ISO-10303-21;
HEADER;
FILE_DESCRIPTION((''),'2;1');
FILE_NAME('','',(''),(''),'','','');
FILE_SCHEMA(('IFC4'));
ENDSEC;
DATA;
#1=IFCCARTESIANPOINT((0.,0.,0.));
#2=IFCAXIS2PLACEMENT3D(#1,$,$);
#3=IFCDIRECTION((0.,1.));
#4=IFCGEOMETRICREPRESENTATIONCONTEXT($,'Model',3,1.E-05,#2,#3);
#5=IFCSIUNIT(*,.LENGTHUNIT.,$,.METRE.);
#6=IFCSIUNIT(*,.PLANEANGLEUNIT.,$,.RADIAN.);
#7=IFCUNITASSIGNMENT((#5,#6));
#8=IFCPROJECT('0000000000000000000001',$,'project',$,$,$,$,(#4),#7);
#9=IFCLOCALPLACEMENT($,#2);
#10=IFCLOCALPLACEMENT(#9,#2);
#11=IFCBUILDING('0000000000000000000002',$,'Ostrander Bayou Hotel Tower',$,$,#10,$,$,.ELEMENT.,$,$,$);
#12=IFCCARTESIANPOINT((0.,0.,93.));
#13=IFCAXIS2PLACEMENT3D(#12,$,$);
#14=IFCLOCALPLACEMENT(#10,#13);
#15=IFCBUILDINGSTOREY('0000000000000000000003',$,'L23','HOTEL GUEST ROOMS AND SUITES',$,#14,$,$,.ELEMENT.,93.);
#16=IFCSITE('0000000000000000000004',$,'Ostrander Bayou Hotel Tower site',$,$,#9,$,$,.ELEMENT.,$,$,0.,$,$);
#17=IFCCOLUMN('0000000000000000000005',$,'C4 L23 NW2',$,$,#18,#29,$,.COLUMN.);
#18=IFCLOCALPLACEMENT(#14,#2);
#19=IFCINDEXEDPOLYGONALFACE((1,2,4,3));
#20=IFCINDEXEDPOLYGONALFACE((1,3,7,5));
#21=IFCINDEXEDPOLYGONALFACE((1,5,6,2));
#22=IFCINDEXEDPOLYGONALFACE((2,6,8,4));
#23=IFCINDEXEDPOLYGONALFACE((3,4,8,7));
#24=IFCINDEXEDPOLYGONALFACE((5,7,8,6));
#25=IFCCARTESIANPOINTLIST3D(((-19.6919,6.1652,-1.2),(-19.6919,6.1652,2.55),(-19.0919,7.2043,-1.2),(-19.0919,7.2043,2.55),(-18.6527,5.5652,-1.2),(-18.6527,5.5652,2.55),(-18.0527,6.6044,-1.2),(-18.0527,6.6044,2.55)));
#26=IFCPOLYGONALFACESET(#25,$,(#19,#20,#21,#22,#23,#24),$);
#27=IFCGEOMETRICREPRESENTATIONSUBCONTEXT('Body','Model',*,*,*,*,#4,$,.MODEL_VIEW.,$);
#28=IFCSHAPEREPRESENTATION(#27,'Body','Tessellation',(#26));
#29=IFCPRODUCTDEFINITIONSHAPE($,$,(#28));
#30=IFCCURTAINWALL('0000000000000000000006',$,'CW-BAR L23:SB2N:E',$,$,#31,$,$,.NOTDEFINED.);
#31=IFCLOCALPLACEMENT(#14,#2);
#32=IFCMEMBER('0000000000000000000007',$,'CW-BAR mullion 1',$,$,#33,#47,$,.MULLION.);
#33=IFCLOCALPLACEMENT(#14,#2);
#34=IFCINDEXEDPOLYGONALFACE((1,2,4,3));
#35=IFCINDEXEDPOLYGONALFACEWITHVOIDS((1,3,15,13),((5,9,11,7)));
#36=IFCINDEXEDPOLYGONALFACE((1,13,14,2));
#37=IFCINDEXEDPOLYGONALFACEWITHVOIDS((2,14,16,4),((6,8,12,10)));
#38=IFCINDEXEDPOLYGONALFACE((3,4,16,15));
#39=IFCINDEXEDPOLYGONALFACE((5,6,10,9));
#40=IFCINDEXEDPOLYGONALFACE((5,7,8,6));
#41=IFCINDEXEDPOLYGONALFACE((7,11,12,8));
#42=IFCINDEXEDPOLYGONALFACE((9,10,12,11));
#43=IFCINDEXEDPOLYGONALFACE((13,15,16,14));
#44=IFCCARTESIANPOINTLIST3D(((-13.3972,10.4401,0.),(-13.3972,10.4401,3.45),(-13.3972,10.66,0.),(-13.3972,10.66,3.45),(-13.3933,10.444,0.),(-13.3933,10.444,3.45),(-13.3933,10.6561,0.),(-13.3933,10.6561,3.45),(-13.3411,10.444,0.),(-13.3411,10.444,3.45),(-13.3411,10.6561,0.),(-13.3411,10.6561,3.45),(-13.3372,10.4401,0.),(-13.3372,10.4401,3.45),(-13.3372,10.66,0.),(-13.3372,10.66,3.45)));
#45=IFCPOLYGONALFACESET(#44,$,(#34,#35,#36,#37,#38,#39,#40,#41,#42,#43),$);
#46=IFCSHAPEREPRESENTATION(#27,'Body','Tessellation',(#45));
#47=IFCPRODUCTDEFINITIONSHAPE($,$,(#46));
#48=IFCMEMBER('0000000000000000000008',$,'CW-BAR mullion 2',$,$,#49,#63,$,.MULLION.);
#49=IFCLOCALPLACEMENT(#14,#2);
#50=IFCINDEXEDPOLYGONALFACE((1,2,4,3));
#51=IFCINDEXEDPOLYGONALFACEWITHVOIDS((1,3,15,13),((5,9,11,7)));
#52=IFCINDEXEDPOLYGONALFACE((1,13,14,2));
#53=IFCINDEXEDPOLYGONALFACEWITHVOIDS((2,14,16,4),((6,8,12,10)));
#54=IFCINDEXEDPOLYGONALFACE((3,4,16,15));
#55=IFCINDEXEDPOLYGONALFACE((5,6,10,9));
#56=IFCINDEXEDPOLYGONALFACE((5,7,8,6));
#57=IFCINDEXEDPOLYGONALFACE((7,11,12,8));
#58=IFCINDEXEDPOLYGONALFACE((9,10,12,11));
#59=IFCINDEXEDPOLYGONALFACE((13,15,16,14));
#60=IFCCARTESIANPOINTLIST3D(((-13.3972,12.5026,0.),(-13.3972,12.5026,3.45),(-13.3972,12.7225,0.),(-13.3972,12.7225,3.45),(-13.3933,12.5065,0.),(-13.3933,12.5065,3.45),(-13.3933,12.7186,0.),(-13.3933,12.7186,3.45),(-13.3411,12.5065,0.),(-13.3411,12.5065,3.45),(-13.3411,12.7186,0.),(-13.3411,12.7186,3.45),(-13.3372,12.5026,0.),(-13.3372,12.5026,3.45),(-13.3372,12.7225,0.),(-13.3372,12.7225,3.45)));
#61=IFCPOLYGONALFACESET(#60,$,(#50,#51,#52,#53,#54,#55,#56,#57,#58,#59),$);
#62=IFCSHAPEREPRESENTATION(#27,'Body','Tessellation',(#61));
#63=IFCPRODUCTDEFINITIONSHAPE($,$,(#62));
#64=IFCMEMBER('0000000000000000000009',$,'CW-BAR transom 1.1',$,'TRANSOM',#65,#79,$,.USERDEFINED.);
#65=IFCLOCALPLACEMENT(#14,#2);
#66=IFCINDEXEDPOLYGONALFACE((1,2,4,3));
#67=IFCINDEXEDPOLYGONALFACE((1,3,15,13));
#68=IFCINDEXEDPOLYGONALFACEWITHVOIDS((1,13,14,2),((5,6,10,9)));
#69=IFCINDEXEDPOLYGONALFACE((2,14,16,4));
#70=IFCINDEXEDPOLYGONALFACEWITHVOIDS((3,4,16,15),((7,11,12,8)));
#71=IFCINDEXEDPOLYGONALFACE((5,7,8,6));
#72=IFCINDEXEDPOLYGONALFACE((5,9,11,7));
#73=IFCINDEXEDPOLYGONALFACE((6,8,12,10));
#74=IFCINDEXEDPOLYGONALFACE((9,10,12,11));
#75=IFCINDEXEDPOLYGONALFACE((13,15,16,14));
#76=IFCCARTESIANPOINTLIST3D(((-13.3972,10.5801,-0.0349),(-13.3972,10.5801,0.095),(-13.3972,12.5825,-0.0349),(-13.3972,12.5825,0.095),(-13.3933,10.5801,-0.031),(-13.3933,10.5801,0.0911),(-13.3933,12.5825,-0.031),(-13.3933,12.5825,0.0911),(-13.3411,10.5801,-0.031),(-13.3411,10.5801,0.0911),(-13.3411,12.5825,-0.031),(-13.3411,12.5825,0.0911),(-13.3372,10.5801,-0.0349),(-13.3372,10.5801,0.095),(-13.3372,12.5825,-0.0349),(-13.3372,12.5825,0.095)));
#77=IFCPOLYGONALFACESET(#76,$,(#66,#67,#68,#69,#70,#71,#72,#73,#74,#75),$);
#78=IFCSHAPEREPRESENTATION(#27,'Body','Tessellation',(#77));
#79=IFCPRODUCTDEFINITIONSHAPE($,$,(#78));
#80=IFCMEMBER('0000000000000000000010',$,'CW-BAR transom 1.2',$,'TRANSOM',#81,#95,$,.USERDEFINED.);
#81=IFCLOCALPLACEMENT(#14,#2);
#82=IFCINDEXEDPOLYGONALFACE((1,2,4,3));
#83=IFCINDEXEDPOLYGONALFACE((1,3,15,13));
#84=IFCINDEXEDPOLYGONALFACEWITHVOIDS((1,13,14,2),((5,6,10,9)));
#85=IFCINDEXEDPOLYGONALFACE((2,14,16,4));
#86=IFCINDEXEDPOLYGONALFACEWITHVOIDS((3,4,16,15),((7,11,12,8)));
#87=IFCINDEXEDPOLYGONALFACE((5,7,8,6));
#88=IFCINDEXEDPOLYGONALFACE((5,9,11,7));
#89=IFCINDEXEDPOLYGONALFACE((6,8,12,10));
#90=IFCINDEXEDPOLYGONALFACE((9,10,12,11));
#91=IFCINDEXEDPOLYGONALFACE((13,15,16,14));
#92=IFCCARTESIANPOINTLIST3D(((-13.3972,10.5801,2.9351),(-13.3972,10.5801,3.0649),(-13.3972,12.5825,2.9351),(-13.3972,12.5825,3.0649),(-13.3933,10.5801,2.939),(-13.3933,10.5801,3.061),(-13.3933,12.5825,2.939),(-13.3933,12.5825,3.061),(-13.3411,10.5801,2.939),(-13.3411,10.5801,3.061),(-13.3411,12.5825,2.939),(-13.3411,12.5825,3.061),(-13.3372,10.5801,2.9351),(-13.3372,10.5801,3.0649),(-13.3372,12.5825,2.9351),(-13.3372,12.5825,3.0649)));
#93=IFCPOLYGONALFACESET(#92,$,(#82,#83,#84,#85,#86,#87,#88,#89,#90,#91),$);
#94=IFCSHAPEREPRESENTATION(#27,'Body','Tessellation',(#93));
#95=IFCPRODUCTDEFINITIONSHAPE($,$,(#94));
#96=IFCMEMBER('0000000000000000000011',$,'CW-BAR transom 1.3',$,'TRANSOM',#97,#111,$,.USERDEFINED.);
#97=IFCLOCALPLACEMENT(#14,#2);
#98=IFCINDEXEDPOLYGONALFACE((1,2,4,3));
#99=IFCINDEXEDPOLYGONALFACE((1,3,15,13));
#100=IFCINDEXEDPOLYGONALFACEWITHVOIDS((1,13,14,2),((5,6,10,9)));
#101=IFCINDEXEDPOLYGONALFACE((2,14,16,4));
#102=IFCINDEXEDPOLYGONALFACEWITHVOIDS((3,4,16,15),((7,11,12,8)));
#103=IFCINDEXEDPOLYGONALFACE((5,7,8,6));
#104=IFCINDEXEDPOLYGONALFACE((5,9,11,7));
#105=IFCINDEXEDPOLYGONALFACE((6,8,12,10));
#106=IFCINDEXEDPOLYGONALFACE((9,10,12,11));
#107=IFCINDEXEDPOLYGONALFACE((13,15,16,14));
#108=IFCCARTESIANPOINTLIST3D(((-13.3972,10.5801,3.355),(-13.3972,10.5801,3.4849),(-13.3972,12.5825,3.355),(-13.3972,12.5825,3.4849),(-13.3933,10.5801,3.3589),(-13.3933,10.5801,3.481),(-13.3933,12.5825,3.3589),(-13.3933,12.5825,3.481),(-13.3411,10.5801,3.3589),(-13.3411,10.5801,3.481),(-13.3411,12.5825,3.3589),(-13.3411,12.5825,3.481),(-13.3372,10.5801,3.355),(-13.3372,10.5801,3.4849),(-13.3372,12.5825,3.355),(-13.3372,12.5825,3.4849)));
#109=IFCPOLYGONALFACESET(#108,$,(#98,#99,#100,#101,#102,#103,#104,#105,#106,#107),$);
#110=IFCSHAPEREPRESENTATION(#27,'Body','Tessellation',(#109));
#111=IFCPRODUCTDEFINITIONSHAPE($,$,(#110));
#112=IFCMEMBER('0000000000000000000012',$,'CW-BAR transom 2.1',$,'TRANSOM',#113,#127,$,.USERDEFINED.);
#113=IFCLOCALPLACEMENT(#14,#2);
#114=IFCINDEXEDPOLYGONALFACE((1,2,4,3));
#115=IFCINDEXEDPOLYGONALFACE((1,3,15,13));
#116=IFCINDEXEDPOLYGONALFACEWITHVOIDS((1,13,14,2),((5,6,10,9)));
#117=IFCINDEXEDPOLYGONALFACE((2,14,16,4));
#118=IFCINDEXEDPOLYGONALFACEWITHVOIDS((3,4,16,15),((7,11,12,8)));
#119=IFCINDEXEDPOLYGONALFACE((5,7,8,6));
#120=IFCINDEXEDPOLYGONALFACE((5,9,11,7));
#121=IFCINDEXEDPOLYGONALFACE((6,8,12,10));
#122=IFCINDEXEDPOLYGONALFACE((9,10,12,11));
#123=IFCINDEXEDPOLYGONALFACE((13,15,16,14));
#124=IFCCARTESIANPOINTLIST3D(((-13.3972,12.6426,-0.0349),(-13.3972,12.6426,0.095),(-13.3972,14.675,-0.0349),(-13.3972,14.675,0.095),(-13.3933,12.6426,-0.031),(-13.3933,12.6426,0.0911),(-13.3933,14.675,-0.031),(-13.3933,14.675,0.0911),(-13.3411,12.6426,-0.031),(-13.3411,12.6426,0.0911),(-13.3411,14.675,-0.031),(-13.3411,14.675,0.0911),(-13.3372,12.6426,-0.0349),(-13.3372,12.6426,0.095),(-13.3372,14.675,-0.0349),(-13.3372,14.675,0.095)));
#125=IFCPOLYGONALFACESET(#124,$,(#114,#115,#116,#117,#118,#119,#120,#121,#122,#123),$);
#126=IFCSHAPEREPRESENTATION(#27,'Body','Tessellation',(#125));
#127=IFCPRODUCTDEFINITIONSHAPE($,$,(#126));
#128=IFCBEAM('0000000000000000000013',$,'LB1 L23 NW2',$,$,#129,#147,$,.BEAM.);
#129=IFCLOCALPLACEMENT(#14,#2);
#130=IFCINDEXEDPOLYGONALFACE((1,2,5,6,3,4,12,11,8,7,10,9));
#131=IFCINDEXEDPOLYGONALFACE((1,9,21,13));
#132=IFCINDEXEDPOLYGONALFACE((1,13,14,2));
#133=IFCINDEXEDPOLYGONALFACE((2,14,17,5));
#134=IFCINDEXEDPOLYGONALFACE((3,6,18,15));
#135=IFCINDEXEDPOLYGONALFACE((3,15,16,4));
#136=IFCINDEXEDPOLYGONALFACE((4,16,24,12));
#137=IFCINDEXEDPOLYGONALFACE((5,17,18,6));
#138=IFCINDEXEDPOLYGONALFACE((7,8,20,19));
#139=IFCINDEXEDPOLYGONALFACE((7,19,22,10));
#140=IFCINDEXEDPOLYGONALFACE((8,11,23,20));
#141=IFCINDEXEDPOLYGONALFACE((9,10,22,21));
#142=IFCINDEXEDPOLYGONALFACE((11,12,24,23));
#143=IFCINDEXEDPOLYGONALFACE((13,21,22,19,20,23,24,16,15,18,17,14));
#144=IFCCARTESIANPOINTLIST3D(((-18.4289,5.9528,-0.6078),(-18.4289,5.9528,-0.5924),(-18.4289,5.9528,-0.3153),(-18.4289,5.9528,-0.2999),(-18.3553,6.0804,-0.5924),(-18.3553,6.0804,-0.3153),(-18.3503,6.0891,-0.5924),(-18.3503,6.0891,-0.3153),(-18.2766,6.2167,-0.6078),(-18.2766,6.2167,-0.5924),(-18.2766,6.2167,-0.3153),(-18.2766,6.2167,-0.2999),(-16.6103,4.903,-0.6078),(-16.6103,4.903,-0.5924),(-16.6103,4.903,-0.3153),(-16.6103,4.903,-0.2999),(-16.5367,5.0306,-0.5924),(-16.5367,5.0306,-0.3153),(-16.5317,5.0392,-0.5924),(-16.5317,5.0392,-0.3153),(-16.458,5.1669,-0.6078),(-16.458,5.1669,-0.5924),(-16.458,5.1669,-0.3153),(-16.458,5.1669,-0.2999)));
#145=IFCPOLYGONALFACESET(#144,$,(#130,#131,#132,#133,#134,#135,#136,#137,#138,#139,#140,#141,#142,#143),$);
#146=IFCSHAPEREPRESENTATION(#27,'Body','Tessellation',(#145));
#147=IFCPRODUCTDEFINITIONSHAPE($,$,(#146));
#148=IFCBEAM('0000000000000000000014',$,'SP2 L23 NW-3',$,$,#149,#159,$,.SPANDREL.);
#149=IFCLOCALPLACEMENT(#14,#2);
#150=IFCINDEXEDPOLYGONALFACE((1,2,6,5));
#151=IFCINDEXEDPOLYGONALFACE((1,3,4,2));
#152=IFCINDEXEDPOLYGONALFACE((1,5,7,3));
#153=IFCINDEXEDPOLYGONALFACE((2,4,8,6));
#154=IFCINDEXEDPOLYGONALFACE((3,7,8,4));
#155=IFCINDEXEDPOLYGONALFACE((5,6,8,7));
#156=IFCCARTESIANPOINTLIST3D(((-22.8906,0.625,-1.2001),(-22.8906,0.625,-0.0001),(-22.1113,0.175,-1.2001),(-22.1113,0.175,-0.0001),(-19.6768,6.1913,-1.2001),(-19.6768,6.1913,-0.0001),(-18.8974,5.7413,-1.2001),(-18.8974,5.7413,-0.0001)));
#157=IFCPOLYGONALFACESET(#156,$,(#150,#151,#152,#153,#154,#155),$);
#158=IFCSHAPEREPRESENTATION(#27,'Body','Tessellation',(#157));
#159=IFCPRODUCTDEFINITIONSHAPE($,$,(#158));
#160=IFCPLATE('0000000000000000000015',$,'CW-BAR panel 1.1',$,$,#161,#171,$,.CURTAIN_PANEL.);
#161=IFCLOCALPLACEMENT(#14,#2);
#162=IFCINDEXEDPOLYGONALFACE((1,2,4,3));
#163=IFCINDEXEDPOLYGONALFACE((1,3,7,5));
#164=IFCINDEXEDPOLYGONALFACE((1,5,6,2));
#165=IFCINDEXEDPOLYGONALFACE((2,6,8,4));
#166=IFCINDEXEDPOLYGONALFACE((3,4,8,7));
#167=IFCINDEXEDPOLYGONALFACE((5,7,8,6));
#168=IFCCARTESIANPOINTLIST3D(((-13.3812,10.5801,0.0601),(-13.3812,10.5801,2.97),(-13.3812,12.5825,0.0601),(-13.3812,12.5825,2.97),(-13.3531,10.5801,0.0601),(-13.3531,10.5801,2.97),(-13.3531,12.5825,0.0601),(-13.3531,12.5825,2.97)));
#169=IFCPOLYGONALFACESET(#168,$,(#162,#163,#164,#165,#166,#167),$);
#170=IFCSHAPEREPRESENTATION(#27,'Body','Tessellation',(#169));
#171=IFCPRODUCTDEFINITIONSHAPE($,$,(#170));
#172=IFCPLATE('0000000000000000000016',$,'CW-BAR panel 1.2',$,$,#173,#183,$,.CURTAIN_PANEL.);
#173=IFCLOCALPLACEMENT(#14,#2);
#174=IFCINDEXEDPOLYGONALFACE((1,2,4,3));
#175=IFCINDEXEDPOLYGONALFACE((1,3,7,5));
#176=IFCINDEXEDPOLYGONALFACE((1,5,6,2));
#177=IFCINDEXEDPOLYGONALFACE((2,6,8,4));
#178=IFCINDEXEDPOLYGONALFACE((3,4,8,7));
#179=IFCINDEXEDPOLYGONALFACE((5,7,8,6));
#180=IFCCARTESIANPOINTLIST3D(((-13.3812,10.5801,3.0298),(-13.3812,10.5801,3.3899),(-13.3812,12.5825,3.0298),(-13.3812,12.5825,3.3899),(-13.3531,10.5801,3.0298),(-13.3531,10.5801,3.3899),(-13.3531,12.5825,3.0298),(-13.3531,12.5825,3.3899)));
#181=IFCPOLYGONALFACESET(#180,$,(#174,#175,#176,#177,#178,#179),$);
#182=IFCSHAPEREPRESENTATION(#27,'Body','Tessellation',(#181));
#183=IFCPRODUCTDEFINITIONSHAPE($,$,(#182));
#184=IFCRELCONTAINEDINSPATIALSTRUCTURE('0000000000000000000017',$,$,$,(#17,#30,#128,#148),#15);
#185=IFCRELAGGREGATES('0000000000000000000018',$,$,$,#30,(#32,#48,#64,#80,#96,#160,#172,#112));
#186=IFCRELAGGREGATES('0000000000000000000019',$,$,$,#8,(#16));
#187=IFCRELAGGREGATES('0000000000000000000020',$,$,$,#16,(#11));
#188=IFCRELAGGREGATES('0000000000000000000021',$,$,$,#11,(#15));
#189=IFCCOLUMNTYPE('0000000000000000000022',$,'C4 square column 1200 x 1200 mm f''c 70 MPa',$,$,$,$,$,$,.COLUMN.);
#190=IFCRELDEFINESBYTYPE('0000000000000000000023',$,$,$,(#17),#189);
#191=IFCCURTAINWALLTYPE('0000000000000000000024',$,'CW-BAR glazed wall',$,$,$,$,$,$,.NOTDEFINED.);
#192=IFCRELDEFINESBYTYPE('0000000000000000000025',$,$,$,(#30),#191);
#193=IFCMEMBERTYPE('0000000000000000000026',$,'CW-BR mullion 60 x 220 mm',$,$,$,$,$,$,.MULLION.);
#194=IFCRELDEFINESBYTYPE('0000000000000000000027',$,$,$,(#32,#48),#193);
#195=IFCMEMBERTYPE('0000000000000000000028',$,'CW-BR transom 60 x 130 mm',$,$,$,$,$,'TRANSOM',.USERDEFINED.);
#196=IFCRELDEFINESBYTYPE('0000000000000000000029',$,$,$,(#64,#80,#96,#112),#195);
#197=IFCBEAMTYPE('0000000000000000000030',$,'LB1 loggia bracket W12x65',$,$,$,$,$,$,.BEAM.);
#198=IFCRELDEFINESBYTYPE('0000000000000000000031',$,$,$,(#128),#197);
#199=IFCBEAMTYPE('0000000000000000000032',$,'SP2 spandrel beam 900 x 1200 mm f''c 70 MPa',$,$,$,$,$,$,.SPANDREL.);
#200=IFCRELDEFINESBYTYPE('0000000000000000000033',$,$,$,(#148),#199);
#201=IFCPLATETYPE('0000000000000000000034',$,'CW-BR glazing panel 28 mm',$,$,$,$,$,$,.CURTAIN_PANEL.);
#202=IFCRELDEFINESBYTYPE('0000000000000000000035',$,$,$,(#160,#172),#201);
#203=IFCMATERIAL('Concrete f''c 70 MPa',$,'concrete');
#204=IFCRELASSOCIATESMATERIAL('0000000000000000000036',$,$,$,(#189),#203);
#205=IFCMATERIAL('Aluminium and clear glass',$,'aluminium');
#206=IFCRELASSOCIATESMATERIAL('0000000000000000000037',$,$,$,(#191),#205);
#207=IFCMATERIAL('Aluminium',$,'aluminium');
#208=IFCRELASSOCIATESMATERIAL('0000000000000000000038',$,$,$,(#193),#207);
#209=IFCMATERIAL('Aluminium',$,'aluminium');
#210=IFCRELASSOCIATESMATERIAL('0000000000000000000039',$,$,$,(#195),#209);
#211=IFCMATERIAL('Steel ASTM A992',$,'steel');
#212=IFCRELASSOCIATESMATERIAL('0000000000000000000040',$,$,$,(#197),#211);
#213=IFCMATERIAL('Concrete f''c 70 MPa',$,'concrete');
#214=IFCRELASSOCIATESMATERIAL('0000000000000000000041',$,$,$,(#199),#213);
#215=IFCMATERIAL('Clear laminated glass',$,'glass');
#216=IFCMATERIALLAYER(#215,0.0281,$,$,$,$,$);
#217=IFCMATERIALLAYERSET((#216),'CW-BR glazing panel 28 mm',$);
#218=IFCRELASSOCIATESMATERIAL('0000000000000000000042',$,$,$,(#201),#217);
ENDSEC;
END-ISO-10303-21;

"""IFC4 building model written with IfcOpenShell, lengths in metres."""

from ifc_helpers import new_model, si_unit, direction, frame, origin, origin_2d, place, context, subcontext, project, spatial, rectangle, hollow_rectangle, i_section, extrude, material, layer, layer_set, material_profile, profile_set, type_object, element, aggregate, save


model = new_model("IFC4")

# Units and contexts
model_context = context("Model", 3, precision=1e-05, world=origin(), true_north=direction((0.0, 1.0)))
body_context = subcontext(model_context, "Body", "Model", "MODEL_VIEW")
ifc_project = project(units=[si_unit("LENGTHUNIT", "METRE"), si_unit("PLANEANGLEUNIT", "RADIAN")], contexts=[model_context])

# Site, building, storey
site_placement = place(None, origin())
site = spatial("IfcSite", under=ifc_project, at=site_placement, Name="Ostrander Bayou Hotel Tower site", CompositionType="ELEMENT", RefElevation=0.0)
building_placement = place(site_placement, origin())
building = spatial("IfcBuilding", under=site, at=building_placement, Name="Ostrander Bayou Hotel Tower", CompositionType="ELEMENT")
storey_placement = place(building_placement, frame((0.0, 0.0, 93.0)))
storey = spatial("IfcBuildingStorey", under=building, at=storey_placement, Name="L23", Description="HOTEL GUEST ROOMS AND SUITES", CompositionType="ELEMENT", Elevation=93.0)

# Column
ifc_material_1 = material(Name="Concrete f'c 70 MPa", Category="concrete")
ifc_material_profile_1 = material_profile(ifc_material_1, rectangle(XDim=1.2, YDim=1.2, at=origin_2d()))
ifc_profile_set_1 = profile_set([ifc_material_profile_1], Name="Concrete f'c 70 MPa")
column_type = type_object("IfcColumnType", Name="C4 square column 1200 x 1200 mm f'c 70 MPa", PredefinedType="COLUMN", material=ifc_profile_set_1)
column_placement = place(storey_placement, frame((-18.8723, 6.3848, -1.2), z_axis=(0.0, 0.0, 1.0), x_axis=(0.5, 0.866025, 0.0)))
element("IfcColumn", 1, at=column_placement, inside=storey, type_object=column_type, Name="C4 L23 NW2", PredefinedType="COLUMN", context=body_context, shape_type="SweptSolid", body=[
    extrude(rectangle(XDim=1.2, YDim=1.2, at=origin_2d()), origin(), (0.0, 0.0, 1.0), 3.75),
])

# Curtain wall, members
ifc_material_2 = material(Name="Aluminium and clear glass", Category="aluminium")
curtain_wall_type = type_object("IfcCurtainWallType", Name="CW-BAR glazed wall", PredefinedType="NOTDEFINED", material=ifc_material_2)
curtain_wall_placement = place(storey_placement, origin())
curtain_wall = element("IfcCurtainWall", 2, at=curtain_wall_placement, inside=storey, type_object=curtain_wall_type, Name="CW-BAR L23:SB2N:E", PredefinedType="NOTDEFINED")
ifc_material_3 = material(Name="Aluminium", Category="aluminium")
ifc_material_profile_2 = material_profile(ifc_material_3, hollow_rectangle(XDim=0.0601, YDim=0.22, WallThickness=0.0039, at=origin_2d()))
ifc_profile_set_2 = profile_set([ifc_material_profile_2], Name="Aluminium")
member_type_1 = type_object("IfcMemberType", Name="CW-BR mullion 60 x 220 mm", PredefinedType="MULLION", material=ifc_profile_set_2)
member_1_placement = place(storey_placement, frame((-13.3672, 10.55, 0.0), z_axis=(0.0, 0.0, 1.0), x_axis=(-1.0, 0.0, 0.0)))
member_1 = element("IfcMember", 3, at=member_1_placement, type_object=member_type_1, Name="CW-BAR mullion 1", PredefinedType="MULLION", context=body_context, shape_type="SweptSolid", body=[
    extrude(hollow_rectangle(XDim=0.0601, YDim=0.22, WallThickness=0.0039, at=origin_2d()), origin(), (0.0, 0.0, 1.0), 3.45),
])
member_2_placement = place(storey_placement, frame((-13.3672, 12.6125, 0.0), z_axis=(0.0, 0.0, 1.0), x_axis=(-1.0, 0.0, 0.0)))
member_2 = element("IfcMember", 4, at=member_2_placement, type_object=member_type_1, Name="CW-BAR mullion 2", PredefinedType="MULLION", context=body_context, shape_type="SweptSolid", body=[
    extrude(hollow_rectangle(XDim=0.0601, YDim=0.22, WallThickness=0.0039, at=origin_2d()), origin(), (0.0, 0.0, 1.0), 3.45),
])
ifc_material_4 = material(Name="Aluminium", Category="aluminium")
ifc_material_profile_3 = material_profile(ifc_material_4, hollow_rectangle(XDim=0.0601, YDim=0.1299, WallThickness=0.0039, at=origin_2d()))
ifc_profile_set_3 = profile_set([ifc_material_profile_3], Name="Aluminium")
member_type_2 = type_object("IfcMemberType", Name="CW-BR transom 60 x 130 mm", ElementType="TRANSOM", PredefinedType="USERDEFINED", material=ifc_profile_set_3)
member_3_placement = place(storey_placement, frame((-13.3672, 10.5801, 0.03), z_axis=(0.0, 1.0, 0.0), x_axis=(-1.0, 0.0, 0.0)))
member_3 = element("IfcMember", 5, at=member_3_placement, type_object=member_type_2, Name="CW-BAR transom 1.1", ObjectType="TRANSOM", PredefinedType="USERDEFINED", context=body_context, shape_type="SweptSolid", body=[
    extrude(hollow_rectangle(XDim=0.0601, YDim=0.1299, WallThickness=0.0039, at=origin_2d()), origin(), (0.0, 0.0, 1.0), 2.0024),
])
member_4_placement = place(storey_placement, frame((-13.3672, 10.5801, 3.0), z_axis=(0.0, 1.0, 0.0), x_axis=(-1.0, 0.0, 0.0)))
member_4 = element("IfcMember", 6, at=member_4_placement, type_object=member_type_2, Name="CW-BAR transom 1.2", ObjectType="TRANSOM", PredefinedType="USERDEFINED", context=body_context, shape_type="SweptSolid", body=[
    extrude(hollow_rectangle(XDim=0.0601, YDim=0.1299, WallThickness=0.0039, at=origin_2d()), origin(), (0.0, 0.0, 1.0), 2.0024),
])
member_5_placement = place(storey_placement, frame((-13.3672, 10.5801, 3.4199), z_axis=(0.0, 1.0, 0.0), x_axis=(-1.0, 0.0, 0.0)))
member_5 = element("IfcMember", 7, at=member_5_placement, type_object=member_type_2, Name="CW-BAR transom 1.3", ObjectType="TRANSOM", PredefinedType="USERDEFINED", context=body_context, shape_type="SweptSolid", body=[
    extrude(hollow_rectangle(XDim=0.0601, YDim=0.1299, WallThickness=0.0039, at=origin_2d()), origin(), (0.0, 0.0, 1.0), 2.0024),
])
member_6_placement = place(storey_placement, frame((-13.3672, 12.6426, 0.03), z_axis=(0.0, 1.0, 0.0), x_axis=(-1.0, 0.0, 0.0)))
member_6 = element("IfcMember", 8, at=member_6_placement, type_object=member_type_2, Name="CW-BAR transom 2.1", ObjectType="TRANSOM", PredefinedType="USERDEFINED", context=body_context, shape_type="SweptSolid", body=[
    extrude(hollow_rectangle(XDim=0.0601, YDim=0.1299, WallThickness=0.0039, at=origin_2d()), origin(), (0.0, 0.0, 1.0), 2.0325),
])

# Beams
ifc_material_5 = material(Name="Steel ASTM A992", Category="steel")
ifc_material_profile_4 = material_profile(ifc_material_5, i_section(OverallWidth=0.3047, OverallDepth=0.3079, WebThickness=0.01, FlangeThickness=0.0154, at=origin_2d()))
ifc_profile_set_4 = profile_set([ifc_material_profile_4], Name="Steel ASTM A992")
beam_type_1 = type_object("IfcBeamType", Name="LB1 loggia bracket W12x65", PredefinedType="BEAM", material=ifc_profile_set_4)
beam_1_placement = place(storey_placement, frame((-18.3528, 6.0847, -0.4539), z_axis=(0.86606, -0.499941, 0.0), x_axis=(0.499941, 0.86606, 0.0)))
element("IfcBeam", 9, at=beam_1_placement, inside=storey, type_object=beam_type_1, Name="LB1 L23 NW2", PredefinedType="BEAM", context=body_context, shape_type="SweptSolid", body=[
    extrude(i_section(OverallWidth=0.3047, OverallDepth=0.3079, WebThickness=0.01, FlangeThickness=0.0154, at=origin_2d()), origin(), (0.0, 0.0, 1.0), 2.0999),
])
ifc_material_6 = material(Name="Concrete f'c 70 MPa", Category="concrete")
ifc_material_profile_5 = material_profile(ifc_material_6, rectangle(XDim=0.8999, YDim=1.2, at=origin_2d()))
ifc_profile_set_5 = profile_set([ifc_material_profile_5], Name="Concrete f'c 70 MPa")
beam_type_2 = type_object("IfcBeamType", Name="SP2 spandrel beam 900 x 1200 mm f'c 70 MPa", PredefinedType="SPANDREL", material=ifc_profile_set_5)
beam_2_placement = place(storey_placement, frame((-19.2871, 5.9663, -0.6001), z_axis=(-0.500012, -0.866019, 0.0), x_axis=(0.866019, -0.500012, 0.0)))
element("IfcBeam", 10, at=beam_2_placement, inside=storey, type_object=beam_type_2, Name="SP2 L23 NW-3", PredefinedType="SPANDREL", context=body_context, shape_type="SweptSolid", body=[
    extrude(rectangle(XDim=0.8999, YDim=1.2, at=origin_2d()), origin(), (0.0, 0.0, 1.0), 6.4275),
])

# Plates
ifc_material_7 = material(Name="Clear laminated glass", Category="glass")
ifc_layer_1 = layer(ifc_material_7, 0.0281)
ifc_layer_set_1 = layer_set([ifc_layer_1], Name="CW-BR glazing panel 28 mm")
plate_type = type_object("IfcPlateType", Name="CW-BR glazing panel 28 mm", PredefinedType="CURTAIN_PANEL", material=ifc_layer_set_1)
plate_1_placement = place(storey_placement, frame((-13.3672, 11.5813, 0.0601), z_axis=(0.0, 0.0, 1.0), x_axis=(0.0, 1.0, 0.0)))
plate_1 = element("IfcPlate", 11, at=plate_1_placement, type_object=plate_type, Name="CW-BAR panel 1.1", PredefinedType="CURTAIN_PANEL", context=body_context, shape_type="SweptSolid", body=[
    extrude(rectangle(XDim=2.0024, YDim=0.0281, at=origin_2d()), origin(), (0.0, 0.0, 1.0), 2.9099),
])
plate_2_placement = place(storey_placement, frame((-13.3672, 11.5813, 3.0298), z_axis=(0.0, 0.0, 1.0), x_axis=(0.0, 1.0, 0.0)))
plate_2 = element("IfcPlate", 12, at=plate_2_placement, type_object=plate_type, Name="CW-BAR panel 1.2", PredefinedType="CURTAIN_PANEL", context=body_context, shape_type="SweptSolid", body=[
    extrude(rectangle(XDim=2.0024, YDim=0.0281, at=origin_2d()), origin(), (0.0, 0.0, 1.0), 0.3601),
])
aggregate(curtain_wall, [member_1, member_2, member_3, member_4, member_5, plate_1, plate_2, member_6])

save(model, "model.ifc")
